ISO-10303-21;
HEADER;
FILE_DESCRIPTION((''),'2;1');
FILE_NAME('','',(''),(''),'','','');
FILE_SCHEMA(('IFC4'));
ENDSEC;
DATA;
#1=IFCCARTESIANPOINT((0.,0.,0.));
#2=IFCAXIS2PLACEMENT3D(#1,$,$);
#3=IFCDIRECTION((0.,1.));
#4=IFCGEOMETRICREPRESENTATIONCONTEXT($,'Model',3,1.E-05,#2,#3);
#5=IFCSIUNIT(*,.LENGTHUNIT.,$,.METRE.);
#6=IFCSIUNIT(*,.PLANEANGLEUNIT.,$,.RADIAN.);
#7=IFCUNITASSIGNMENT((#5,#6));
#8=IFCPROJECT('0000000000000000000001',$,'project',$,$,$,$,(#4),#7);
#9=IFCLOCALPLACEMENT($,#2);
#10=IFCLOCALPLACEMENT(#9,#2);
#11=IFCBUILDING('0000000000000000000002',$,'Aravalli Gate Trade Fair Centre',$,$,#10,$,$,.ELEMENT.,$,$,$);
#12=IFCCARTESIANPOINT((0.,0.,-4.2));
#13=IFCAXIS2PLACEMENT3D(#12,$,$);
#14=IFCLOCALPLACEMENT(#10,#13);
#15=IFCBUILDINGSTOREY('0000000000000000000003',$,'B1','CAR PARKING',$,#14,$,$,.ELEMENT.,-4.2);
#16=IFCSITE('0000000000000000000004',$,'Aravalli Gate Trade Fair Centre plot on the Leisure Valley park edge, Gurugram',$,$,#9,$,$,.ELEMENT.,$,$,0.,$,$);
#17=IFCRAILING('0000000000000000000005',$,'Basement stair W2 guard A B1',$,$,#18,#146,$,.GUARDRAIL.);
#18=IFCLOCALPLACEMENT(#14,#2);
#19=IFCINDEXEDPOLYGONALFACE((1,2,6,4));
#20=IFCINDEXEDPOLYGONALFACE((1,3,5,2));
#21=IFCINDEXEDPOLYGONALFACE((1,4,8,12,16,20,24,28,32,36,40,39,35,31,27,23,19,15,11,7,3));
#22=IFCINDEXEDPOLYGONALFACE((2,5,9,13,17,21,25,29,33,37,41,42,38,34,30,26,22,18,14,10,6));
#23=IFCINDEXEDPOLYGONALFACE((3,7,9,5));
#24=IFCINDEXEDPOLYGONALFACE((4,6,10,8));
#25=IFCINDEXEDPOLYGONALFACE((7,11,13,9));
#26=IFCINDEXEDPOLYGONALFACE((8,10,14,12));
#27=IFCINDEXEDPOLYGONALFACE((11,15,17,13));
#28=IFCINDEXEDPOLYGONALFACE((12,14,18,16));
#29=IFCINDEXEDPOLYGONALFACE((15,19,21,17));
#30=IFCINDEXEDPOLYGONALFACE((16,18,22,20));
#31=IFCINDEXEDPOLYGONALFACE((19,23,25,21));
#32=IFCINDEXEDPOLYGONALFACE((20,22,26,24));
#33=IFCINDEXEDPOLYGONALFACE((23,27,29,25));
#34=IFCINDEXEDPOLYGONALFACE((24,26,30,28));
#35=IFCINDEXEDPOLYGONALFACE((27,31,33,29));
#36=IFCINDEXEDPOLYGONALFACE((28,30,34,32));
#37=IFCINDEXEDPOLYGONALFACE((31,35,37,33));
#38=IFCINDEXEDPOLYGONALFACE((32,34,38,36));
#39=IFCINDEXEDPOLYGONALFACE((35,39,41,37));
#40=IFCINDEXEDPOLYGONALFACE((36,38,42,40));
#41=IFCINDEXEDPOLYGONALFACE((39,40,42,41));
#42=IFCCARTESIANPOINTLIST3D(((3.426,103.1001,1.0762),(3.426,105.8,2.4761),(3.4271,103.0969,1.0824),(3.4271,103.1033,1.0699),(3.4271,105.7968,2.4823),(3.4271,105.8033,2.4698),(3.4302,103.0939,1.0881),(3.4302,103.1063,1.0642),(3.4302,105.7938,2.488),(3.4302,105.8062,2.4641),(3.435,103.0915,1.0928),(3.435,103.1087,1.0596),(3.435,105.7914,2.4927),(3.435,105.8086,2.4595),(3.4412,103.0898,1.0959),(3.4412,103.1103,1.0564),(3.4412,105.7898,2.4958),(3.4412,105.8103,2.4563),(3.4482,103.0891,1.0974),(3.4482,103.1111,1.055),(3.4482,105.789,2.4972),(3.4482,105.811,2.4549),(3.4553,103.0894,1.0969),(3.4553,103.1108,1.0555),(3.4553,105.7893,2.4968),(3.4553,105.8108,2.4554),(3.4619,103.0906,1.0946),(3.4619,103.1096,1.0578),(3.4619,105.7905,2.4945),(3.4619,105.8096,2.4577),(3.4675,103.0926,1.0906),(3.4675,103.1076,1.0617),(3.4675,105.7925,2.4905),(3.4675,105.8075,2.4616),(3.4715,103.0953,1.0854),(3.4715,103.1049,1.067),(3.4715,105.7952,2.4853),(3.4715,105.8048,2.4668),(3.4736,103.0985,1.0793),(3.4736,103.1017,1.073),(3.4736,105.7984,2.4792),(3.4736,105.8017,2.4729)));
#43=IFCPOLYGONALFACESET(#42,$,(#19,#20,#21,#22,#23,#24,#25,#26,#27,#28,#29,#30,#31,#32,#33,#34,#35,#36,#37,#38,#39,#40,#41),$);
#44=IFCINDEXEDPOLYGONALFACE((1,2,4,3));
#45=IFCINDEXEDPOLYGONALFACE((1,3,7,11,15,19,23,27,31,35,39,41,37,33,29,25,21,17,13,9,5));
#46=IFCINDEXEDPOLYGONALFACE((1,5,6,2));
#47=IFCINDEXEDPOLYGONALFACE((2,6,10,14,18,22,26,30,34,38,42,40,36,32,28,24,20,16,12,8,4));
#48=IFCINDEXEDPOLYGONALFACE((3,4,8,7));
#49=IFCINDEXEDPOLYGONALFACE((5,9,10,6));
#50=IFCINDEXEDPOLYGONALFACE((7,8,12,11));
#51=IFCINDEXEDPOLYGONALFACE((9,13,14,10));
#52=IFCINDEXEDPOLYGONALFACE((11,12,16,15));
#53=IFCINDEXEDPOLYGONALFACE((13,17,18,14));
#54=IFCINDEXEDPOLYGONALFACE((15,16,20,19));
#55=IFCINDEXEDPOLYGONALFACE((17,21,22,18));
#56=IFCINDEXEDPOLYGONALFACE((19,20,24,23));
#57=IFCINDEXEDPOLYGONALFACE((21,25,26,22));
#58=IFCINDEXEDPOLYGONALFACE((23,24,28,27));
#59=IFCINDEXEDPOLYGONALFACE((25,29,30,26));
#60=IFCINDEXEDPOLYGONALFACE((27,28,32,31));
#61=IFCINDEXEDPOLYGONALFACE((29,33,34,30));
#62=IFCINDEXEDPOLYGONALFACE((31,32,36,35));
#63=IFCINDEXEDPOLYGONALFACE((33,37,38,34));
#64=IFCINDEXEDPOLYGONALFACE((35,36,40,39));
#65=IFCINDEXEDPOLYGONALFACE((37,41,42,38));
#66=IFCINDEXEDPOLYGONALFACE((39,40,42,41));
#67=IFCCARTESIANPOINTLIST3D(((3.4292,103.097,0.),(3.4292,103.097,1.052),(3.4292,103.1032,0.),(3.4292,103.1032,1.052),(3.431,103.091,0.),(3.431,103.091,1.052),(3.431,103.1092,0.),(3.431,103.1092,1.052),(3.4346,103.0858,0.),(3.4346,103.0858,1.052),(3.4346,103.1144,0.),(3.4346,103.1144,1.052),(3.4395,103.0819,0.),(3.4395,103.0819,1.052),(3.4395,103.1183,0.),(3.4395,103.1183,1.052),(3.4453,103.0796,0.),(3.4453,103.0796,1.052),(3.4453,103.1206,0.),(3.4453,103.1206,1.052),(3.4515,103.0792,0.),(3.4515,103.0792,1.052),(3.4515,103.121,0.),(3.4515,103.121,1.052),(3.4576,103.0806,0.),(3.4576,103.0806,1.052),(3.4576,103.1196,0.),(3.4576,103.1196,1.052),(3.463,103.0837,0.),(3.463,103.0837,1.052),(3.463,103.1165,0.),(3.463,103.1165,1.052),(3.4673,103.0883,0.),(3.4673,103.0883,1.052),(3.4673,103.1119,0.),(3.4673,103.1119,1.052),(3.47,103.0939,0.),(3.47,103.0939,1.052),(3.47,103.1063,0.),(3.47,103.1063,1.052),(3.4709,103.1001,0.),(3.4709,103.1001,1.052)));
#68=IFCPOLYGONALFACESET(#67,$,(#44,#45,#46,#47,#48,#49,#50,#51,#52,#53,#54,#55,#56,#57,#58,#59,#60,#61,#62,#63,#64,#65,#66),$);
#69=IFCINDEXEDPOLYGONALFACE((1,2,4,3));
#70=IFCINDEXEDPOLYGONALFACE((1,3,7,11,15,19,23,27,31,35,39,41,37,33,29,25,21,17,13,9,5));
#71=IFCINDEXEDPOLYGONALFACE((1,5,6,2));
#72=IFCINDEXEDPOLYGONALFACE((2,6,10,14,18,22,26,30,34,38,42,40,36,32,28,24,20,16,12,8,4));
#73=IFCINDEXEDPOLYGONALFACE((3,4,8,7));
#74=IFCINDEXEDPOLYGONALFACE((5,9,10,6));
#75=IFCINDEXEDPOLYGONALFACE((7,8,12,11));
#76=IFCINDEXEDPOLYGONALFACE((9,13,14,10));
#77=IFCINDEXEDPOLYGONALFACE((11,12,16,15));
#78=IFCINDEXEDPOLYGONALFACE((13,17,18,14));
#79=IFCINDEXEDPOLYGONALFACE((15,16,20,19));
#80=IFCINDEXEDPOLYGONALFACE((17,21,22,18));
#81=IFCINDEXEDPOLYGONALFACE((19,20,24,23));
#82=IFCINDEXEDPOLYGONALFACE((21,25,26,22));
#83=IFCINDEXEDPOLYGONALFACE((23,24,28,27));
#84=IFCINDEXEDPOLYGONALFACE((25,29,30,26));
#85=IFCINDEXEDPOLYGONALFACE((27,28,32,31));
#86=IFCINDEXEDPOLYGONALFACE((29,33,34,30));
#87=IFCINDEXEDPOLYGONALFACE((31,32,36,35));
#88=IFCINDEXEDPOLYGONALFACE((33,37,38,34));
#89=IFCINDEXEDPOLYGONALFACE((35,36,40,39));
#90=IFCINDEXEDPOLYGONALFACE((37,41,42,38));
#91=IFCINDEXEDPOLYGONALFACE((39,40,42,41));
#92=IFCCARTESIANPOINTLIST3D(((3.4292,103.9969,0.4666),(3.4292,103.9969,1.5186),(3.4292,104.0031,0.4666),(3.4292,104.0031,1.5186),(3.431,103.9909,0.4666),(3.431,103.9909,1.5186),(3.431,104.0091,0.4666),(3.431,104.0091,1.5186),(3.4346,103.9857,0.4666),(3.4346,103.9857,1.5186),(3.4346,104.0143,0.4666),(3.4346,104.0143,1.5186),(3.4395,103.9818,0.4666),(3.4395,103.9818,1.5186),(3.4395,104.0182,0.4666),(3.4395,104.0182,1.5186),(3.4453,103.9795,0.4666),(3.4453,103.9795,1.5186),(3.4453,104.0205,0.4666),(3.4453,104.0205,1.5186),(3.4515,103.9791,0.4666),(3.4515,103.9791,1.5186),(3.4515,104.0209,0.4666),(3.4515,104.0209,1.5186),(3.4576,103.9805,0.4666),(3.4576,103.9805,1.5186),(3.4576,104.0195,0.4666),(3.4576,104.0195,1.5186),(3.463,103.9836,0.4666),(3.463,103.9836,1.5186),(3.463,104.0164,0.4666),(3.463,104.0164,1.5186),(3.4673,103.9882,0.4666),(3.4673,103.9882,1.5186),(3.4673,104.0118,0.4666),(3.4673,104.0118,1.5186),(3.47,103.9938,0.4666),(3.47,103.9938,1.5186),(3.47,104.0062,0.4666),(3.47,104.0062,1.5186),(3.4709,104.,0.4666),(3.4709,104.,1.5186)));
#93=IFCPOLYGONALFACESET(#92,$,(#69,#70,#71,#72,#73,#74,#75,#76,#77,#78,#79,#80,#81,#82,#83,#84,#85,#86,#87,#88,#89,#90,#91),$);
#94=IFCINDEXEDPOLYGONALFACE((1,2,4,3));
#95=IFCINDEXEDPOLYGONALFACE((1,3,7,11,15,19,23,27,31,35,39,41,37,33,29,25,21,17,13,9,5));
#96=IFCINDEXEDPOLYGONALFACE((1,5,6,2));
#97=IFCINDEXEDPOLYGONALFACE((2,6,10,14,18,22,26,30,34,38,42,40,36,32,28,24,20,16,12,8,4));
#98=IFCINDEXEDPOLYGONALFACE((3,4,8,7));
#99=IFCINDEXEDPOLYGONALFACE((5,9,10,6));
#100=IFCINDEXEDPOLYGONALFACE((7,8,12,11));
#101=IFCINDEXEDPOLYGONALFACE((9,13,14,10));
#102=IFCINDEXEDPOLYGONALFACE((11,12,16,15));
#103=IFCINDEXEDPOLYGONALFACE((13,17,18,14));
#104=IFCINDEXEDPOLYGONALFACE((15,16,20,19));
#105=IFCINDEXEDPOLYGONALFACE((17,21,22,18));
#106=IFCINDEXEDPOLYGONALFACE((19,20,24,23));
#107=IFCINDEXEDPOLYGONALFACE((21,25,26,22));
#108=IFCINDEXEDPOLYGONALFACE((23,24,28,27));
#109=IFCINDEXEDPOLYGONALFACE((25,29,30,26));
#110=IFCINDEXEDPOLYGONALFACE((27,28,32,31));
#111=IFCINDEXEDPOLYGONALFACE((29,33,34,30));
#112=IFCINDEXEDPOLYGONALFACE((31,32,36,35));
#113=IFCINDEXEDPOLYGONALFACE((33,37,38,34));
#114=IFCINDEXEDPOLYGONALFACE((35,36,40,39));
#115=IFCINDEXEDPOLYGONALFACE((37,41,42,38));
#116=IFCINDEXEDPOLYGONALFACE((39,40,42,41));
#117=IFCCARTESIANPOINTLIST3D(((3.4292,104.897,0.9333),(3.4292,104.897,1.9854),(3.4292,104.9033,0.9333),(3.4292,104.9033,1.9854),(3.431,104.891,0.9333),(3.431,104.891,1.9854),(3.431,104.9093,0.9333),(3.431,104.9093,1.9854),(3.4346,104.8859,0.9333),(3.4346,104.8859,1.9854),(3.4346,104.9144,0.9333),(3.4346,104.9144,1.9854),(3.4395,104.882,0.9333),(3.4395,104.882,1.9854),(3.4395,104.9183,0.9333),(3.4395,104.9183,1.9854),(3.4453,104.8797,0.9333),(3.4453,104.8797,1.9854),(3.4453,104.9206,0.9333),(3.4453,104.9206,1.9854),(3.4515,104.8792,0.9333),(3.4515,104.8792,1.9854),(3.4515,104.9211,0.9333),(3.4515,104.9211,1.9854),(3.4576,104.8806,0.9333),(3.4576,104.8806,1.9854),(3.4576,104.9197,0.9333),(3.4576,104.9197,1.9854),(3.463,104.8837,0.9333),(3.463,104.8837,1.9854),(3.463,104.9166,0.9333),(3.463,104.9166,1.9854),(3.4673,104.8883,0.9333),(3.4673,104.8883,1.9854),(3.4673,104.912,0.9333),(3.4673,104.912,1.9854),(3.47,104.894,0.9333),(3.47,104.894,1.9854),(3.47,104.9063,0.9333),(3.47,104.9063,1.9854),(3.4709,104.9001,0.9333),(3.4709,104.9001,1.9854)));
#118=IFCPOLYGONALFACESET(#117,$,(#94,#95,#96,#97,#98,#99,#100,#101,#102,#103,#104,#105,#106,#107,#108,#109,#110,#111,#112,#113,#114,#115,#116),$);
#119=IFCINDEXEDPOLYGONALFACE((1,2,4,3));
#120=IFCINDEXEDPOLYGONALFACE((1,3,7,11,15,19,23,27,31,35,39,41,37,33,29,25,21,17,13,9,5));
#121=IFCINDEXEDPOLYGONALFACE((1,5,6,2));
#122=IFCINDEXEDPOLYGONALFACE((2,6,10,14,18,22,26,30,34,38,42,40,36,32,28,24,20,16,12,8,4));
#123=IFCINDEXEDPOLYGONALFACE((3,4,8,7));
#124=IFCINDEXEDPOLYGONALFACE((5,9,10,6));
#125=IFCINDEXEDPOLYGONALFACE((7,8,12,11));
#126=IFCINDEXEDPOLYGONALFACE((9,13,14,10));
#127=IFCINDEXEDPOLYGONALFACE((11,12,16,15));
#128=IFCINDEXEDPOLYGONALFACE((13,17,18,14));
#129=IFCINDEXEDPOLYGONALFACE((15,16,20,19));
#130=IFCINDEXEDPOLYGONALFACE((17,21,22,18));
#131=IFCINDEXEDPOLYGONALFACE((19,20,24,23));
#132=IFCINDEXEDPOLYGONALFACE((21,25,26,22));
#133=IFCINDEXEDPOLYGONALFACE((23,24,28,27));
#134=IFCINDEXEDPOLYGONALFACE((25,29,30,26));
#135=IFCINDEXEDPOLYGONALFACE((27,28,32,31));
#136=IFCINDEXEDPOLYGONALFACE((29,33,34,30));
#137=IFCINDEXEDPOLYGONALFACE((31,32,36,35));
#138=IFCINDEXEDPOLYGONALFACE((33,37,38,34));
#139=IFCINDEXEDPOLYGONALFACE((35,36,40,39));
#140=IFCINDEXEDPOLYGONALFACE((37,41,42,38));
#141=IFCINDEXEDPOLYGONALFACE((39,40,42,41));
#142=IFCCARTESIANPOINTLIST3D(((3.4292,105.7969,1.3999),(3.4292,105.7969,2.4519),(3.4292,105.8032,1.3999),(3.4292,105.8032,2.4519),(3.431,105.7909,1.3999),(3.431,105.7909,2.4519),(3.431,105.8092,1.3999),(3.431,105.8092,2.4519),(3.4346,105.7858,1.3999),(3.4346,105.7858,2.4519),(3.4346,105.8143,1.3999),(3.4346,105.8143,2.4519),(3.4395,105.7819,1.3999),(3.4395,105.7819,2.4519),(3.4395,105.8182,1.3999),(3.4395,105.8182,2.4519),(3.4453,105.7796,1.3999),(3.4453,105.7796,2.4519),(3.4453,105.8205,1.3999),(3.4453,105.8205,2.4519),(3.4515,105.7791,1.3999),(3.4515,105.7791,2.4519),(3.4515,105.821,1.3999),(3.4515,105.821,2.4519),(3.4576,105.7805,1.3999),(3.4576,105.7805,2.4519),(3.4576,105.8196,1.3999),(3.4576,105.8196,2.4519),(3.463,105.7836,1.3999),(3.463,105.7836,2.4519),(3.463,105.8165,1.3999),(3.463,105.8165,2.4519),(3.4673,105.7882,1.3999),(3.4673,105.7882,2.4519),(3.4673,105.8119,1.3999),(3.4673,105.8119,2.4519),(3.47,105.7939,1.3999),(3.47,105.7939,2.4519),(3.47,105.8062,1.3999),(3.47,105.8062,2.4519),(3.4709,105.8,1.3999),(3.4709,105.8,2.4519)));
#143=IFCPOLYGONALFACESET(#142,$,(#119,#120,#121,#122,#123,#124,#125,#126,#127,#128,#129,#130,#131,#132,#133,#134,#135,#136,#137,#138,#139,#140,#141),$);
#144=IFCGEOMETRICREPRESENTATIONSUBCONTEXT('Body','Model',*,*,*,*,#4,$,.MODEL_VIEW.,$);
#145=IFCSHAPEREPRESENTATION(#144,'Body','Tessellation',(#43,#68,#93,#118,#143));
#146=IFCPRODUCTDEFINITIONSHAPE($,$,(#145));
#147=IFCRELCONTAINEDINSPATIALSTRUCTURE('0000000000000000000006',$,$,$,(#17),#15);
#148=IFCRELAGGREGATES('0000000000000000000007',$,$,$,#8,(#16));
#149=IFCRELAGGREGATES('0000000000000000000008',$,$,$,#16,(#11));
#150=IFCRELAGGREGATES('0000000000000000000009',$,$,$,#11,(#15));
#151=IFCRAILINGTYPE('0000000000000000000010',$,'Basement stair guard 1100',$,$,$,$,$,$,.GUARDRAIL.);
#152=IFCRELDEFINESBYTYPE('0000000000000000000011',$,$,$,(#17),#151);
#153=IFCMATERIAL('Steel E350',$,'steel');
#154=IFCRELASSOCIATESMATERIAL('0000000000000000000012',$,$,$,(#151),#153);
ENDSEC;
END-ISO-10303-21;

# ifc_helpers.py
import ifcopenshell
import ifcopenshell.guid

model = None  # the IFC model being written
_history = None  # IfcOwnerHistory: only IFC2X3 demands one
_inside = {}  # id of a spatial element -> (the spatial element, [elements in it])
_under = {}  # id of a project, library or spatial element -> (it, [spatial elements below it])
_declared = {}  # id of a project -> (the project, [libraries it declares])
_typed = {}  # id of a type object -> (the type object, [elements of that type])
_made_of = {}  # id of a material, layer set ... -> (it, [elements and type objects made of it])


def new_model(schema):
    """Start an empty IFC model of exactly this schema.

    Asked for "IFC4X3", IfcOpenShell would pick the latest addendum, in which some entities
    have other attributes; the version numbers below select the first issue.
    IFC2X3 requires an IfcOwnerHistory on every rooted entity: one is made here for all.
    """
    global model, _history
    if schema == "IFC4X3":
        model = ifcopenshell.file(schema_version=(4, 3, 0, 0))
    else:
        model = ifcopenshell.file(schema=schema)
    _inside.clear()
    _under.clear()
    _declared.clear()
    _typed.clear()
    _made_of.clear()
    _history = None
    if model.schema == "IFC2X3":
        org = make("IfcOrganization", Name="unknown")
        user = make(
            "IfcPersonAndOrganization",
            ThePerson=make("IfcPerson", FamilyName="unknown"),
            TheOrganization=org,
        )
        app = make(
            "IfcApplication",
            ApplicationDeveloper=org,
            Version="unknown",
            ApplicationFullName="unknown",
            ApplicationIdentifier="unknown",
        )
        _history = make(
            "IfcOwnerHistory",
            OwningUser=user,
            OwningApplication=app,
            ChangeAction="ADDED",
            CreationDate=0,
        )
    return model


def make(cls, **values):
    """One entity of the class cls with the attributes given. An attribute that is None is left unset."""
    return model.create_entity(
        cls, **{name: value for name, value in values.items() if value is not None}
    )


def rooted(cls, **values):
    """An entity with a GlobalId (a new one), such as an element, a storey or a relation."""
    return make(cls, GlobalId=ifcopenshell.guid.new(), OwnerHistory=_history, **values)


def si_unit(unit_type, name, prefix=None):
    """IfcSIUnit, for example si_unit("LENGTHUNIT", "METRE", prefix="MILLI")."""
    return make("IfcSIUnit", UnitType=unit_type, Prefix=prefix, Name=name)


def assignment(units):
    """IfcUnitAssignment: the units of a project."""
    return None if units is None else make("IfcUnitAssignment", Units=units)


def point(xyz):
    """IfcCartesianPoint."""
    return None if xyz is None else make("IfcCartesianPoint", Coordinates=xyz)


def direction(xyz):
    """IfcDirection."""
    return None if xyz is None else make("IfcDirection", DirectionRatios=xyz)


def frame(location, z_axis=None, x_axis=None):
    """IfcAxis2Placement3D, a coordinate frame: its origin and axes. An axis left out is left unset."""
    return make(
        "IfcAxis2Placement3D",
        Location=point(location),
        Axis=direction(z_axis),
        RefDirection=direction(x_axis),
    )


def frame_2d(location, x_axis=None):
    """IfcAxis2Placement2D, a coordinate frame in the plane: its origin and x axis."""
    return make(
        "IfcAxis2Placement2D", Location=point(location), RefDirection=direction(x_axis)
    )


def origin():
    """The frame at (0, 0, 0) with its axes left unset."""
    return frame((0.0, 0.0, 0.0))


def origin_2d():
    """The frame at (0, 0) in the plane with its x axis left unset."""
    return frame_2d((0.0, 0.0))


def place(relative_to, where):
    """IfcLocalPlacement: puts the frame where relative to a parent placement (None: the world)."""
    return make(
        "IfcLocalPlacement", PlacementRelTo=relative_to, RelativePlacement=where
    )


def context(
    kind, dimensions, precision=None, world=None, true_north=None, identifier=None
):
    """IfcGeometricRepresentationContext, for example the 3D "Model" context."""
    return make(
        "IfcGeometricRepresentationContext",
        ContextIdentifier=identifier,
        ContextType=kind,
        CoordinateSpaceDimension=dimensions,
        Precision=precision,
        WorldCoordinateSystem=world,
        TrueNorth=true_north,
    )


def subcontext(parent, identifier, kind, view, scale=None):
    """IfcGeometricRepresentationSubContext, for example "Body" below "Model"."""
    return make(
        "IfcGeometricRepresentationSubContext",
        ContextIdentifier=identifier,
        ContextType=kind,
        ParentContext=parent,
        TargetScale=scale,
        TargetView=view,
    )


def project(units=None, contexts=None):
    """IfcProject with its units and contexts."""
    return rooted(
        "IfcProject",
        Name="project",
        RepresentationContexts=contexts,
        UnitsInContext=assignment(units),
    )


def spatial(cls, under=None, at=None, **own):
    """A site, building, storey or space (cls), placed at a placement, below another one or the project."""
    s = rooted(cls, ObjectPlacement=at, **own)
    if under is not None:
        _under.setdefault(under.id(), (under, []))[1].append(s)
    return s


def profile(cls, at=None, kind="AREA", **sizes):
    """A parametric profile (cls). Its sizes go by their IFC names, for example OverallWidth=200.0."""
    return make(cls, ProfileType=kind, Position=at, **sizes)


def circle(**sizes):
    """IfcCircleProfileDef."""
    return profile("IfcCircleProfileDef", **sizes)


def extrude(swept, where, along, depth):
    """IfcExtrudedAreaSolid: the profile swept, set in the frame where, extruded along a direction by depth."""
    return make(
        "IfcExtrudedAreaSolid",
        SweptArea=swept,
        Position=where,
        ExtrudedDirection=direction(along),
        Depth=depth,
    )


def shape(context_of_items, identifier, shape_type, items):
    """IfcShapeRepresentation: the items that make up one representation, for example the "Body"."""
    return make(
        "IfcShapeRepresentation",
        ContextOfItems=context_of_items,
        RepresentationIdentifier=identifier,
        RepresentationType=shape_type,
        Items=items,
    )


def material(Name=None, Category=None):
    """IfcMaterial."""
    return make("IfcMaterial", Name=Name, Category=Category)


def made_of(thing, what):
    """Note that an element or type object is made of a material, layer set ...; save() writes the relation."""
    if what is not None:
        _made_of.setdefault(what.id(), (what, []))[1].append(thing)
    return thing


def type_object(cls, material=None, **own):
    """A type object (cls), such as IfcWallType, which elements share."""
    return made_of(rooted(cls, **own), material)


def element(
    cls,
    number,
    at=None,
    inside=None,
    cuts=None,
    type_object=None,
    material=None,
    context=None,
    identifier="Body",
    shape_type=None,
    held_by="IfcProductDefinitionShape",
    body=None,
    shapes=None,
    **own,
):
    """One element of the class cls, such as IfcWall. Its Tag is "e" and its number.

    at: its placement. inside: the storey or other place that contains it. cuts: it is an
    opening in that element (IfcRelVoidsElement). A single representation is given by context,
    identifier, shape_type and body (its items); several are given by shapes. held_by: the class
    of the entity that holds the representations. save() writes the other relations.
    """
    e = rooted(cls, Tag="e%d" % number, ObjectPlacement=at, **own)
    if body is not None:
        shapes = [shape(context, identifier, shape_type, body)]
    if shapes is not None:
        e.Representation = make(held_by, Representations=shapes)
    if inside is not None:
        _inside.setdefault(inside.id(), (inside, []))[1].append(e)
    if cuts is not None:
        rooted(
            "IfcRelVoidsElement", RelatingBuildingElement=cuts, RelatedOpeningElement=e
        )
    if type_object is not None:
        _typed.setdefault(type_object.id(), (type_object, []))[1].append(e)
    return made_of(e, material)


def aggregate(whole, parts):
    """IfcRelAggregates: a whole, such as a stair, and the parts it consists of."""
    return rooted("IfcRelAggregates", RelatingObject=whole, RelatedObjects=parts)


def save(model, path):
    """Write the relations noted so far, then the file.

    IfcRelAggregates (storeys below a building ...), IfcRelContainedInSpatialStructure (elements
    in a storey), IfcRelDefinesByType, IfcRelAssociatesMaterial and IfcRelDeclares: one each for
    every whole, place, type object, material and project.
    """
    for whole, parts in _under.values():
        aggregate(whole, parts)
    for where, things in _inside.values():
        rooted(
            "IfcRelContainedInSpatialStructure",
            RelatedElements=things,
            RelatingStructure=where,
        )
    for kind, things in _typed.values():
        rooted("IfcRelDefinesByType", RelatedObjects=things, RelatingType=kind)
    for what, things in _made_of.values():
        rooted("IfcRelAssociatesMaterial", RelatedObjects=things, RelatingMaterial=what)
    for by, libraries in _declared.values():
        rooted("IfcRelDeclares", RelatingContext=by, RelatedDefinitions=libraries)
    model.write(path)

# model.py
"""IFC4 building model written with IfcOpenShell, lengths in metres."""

from ifc_helpers import new_model, si_unit, direction, frame, origin, origin_2d, place, context, subcontext, project, spatial, circle, extrude, material, type_object, element, save


model = new_model("IFC4")

# Units and contexts
model_context = context("Model", 3, precision=1e-05, world=origin(), true_north=direction((0.0, 1.0)))
body_context = subcontext(model_context, "Body", "Model", "MODEL_VIEW")
ifc_project = project(units=[si_unit("LENGTHUNIT", "METRE"), si_unit("PLANEANGLEUNIT", "RADIAN")], contexts=[model_context])

# Site, building, storey
site_placement = place(None, origin())
site = spatial("IfcSite", under=ifc_project, at=site_placement, Name="Aravalli Gate Trade Fair Centre plot on the Leisure Valley park edge, Gurugram", CompositionType="ELEMENT", RefElevation=0.0)
building_placement = place(site_placement, origin())
building = spatial("IfcBuilding", under=site, at=building_placement, Name="Aravalli Gate Trade Fair Centre", CompositionType="ELEMENT")
storey_placement = place(building_placement, frame((0.0, 0.0, -4.2)))
storey = spatial("IfcBuildingStorey", under=building, at=storey_placement, Name="B1", Description="CAR PARKING", CompositionType="ELEMENT", Elevation=-4.2)

# Railing
ifc_material_1 = material(Name="Steel E350", Category="steel")
railing_type_1 = type_object("IfcRailingType", Name="Basement stair guard 1100", PredefinedType="GUARDRAIL", material=ifc_material_1)
railing_1_placement = place(storey_placement, frame((3.45, 103.1001, 0.0)))
element("IfcRailing", 1, at=railing_1_placement, inside=storey, type_object=railing_type_1, Name="Basement stair W2 guard A B1", PredefinedType="GUARDRAIL", context=body_context, shape_type="SweptSolid", body=[
    extrude(circle(Radius=0.0239, at=origin_2d()), frame((0.0, 0.0, 1.0762), z_axis=(0.0, 0.887764, 0.460298), x_axis=(-1.0, 0.0, 0.0)), (0.0, 0.0, 1.0), 3.0413),
    extrude(circle(Radius=0.021, at=origin_2d()), origin(), (0.0, 0.0, 1.0), 1.052),
    extrude(circle(Radius=0.021, at=origin_2d()), frame((0.0, 0.8999, 0.4666)), (0.0, 0.0, 1.0), 1.052),
    extrude(circle(Radius=0.021, at=origin_2d()), frame((0.0, 1.8, 0.9333)), (0.0, 0.0, 1.0), 1.052),
    extrude(circle(Radius=0.021, at=origin_2d()), frame((0.0, 2.7, 1.3999)), (0.0, 0.0, 1.0), 1.052),
])

save(model, "model.ifc")
